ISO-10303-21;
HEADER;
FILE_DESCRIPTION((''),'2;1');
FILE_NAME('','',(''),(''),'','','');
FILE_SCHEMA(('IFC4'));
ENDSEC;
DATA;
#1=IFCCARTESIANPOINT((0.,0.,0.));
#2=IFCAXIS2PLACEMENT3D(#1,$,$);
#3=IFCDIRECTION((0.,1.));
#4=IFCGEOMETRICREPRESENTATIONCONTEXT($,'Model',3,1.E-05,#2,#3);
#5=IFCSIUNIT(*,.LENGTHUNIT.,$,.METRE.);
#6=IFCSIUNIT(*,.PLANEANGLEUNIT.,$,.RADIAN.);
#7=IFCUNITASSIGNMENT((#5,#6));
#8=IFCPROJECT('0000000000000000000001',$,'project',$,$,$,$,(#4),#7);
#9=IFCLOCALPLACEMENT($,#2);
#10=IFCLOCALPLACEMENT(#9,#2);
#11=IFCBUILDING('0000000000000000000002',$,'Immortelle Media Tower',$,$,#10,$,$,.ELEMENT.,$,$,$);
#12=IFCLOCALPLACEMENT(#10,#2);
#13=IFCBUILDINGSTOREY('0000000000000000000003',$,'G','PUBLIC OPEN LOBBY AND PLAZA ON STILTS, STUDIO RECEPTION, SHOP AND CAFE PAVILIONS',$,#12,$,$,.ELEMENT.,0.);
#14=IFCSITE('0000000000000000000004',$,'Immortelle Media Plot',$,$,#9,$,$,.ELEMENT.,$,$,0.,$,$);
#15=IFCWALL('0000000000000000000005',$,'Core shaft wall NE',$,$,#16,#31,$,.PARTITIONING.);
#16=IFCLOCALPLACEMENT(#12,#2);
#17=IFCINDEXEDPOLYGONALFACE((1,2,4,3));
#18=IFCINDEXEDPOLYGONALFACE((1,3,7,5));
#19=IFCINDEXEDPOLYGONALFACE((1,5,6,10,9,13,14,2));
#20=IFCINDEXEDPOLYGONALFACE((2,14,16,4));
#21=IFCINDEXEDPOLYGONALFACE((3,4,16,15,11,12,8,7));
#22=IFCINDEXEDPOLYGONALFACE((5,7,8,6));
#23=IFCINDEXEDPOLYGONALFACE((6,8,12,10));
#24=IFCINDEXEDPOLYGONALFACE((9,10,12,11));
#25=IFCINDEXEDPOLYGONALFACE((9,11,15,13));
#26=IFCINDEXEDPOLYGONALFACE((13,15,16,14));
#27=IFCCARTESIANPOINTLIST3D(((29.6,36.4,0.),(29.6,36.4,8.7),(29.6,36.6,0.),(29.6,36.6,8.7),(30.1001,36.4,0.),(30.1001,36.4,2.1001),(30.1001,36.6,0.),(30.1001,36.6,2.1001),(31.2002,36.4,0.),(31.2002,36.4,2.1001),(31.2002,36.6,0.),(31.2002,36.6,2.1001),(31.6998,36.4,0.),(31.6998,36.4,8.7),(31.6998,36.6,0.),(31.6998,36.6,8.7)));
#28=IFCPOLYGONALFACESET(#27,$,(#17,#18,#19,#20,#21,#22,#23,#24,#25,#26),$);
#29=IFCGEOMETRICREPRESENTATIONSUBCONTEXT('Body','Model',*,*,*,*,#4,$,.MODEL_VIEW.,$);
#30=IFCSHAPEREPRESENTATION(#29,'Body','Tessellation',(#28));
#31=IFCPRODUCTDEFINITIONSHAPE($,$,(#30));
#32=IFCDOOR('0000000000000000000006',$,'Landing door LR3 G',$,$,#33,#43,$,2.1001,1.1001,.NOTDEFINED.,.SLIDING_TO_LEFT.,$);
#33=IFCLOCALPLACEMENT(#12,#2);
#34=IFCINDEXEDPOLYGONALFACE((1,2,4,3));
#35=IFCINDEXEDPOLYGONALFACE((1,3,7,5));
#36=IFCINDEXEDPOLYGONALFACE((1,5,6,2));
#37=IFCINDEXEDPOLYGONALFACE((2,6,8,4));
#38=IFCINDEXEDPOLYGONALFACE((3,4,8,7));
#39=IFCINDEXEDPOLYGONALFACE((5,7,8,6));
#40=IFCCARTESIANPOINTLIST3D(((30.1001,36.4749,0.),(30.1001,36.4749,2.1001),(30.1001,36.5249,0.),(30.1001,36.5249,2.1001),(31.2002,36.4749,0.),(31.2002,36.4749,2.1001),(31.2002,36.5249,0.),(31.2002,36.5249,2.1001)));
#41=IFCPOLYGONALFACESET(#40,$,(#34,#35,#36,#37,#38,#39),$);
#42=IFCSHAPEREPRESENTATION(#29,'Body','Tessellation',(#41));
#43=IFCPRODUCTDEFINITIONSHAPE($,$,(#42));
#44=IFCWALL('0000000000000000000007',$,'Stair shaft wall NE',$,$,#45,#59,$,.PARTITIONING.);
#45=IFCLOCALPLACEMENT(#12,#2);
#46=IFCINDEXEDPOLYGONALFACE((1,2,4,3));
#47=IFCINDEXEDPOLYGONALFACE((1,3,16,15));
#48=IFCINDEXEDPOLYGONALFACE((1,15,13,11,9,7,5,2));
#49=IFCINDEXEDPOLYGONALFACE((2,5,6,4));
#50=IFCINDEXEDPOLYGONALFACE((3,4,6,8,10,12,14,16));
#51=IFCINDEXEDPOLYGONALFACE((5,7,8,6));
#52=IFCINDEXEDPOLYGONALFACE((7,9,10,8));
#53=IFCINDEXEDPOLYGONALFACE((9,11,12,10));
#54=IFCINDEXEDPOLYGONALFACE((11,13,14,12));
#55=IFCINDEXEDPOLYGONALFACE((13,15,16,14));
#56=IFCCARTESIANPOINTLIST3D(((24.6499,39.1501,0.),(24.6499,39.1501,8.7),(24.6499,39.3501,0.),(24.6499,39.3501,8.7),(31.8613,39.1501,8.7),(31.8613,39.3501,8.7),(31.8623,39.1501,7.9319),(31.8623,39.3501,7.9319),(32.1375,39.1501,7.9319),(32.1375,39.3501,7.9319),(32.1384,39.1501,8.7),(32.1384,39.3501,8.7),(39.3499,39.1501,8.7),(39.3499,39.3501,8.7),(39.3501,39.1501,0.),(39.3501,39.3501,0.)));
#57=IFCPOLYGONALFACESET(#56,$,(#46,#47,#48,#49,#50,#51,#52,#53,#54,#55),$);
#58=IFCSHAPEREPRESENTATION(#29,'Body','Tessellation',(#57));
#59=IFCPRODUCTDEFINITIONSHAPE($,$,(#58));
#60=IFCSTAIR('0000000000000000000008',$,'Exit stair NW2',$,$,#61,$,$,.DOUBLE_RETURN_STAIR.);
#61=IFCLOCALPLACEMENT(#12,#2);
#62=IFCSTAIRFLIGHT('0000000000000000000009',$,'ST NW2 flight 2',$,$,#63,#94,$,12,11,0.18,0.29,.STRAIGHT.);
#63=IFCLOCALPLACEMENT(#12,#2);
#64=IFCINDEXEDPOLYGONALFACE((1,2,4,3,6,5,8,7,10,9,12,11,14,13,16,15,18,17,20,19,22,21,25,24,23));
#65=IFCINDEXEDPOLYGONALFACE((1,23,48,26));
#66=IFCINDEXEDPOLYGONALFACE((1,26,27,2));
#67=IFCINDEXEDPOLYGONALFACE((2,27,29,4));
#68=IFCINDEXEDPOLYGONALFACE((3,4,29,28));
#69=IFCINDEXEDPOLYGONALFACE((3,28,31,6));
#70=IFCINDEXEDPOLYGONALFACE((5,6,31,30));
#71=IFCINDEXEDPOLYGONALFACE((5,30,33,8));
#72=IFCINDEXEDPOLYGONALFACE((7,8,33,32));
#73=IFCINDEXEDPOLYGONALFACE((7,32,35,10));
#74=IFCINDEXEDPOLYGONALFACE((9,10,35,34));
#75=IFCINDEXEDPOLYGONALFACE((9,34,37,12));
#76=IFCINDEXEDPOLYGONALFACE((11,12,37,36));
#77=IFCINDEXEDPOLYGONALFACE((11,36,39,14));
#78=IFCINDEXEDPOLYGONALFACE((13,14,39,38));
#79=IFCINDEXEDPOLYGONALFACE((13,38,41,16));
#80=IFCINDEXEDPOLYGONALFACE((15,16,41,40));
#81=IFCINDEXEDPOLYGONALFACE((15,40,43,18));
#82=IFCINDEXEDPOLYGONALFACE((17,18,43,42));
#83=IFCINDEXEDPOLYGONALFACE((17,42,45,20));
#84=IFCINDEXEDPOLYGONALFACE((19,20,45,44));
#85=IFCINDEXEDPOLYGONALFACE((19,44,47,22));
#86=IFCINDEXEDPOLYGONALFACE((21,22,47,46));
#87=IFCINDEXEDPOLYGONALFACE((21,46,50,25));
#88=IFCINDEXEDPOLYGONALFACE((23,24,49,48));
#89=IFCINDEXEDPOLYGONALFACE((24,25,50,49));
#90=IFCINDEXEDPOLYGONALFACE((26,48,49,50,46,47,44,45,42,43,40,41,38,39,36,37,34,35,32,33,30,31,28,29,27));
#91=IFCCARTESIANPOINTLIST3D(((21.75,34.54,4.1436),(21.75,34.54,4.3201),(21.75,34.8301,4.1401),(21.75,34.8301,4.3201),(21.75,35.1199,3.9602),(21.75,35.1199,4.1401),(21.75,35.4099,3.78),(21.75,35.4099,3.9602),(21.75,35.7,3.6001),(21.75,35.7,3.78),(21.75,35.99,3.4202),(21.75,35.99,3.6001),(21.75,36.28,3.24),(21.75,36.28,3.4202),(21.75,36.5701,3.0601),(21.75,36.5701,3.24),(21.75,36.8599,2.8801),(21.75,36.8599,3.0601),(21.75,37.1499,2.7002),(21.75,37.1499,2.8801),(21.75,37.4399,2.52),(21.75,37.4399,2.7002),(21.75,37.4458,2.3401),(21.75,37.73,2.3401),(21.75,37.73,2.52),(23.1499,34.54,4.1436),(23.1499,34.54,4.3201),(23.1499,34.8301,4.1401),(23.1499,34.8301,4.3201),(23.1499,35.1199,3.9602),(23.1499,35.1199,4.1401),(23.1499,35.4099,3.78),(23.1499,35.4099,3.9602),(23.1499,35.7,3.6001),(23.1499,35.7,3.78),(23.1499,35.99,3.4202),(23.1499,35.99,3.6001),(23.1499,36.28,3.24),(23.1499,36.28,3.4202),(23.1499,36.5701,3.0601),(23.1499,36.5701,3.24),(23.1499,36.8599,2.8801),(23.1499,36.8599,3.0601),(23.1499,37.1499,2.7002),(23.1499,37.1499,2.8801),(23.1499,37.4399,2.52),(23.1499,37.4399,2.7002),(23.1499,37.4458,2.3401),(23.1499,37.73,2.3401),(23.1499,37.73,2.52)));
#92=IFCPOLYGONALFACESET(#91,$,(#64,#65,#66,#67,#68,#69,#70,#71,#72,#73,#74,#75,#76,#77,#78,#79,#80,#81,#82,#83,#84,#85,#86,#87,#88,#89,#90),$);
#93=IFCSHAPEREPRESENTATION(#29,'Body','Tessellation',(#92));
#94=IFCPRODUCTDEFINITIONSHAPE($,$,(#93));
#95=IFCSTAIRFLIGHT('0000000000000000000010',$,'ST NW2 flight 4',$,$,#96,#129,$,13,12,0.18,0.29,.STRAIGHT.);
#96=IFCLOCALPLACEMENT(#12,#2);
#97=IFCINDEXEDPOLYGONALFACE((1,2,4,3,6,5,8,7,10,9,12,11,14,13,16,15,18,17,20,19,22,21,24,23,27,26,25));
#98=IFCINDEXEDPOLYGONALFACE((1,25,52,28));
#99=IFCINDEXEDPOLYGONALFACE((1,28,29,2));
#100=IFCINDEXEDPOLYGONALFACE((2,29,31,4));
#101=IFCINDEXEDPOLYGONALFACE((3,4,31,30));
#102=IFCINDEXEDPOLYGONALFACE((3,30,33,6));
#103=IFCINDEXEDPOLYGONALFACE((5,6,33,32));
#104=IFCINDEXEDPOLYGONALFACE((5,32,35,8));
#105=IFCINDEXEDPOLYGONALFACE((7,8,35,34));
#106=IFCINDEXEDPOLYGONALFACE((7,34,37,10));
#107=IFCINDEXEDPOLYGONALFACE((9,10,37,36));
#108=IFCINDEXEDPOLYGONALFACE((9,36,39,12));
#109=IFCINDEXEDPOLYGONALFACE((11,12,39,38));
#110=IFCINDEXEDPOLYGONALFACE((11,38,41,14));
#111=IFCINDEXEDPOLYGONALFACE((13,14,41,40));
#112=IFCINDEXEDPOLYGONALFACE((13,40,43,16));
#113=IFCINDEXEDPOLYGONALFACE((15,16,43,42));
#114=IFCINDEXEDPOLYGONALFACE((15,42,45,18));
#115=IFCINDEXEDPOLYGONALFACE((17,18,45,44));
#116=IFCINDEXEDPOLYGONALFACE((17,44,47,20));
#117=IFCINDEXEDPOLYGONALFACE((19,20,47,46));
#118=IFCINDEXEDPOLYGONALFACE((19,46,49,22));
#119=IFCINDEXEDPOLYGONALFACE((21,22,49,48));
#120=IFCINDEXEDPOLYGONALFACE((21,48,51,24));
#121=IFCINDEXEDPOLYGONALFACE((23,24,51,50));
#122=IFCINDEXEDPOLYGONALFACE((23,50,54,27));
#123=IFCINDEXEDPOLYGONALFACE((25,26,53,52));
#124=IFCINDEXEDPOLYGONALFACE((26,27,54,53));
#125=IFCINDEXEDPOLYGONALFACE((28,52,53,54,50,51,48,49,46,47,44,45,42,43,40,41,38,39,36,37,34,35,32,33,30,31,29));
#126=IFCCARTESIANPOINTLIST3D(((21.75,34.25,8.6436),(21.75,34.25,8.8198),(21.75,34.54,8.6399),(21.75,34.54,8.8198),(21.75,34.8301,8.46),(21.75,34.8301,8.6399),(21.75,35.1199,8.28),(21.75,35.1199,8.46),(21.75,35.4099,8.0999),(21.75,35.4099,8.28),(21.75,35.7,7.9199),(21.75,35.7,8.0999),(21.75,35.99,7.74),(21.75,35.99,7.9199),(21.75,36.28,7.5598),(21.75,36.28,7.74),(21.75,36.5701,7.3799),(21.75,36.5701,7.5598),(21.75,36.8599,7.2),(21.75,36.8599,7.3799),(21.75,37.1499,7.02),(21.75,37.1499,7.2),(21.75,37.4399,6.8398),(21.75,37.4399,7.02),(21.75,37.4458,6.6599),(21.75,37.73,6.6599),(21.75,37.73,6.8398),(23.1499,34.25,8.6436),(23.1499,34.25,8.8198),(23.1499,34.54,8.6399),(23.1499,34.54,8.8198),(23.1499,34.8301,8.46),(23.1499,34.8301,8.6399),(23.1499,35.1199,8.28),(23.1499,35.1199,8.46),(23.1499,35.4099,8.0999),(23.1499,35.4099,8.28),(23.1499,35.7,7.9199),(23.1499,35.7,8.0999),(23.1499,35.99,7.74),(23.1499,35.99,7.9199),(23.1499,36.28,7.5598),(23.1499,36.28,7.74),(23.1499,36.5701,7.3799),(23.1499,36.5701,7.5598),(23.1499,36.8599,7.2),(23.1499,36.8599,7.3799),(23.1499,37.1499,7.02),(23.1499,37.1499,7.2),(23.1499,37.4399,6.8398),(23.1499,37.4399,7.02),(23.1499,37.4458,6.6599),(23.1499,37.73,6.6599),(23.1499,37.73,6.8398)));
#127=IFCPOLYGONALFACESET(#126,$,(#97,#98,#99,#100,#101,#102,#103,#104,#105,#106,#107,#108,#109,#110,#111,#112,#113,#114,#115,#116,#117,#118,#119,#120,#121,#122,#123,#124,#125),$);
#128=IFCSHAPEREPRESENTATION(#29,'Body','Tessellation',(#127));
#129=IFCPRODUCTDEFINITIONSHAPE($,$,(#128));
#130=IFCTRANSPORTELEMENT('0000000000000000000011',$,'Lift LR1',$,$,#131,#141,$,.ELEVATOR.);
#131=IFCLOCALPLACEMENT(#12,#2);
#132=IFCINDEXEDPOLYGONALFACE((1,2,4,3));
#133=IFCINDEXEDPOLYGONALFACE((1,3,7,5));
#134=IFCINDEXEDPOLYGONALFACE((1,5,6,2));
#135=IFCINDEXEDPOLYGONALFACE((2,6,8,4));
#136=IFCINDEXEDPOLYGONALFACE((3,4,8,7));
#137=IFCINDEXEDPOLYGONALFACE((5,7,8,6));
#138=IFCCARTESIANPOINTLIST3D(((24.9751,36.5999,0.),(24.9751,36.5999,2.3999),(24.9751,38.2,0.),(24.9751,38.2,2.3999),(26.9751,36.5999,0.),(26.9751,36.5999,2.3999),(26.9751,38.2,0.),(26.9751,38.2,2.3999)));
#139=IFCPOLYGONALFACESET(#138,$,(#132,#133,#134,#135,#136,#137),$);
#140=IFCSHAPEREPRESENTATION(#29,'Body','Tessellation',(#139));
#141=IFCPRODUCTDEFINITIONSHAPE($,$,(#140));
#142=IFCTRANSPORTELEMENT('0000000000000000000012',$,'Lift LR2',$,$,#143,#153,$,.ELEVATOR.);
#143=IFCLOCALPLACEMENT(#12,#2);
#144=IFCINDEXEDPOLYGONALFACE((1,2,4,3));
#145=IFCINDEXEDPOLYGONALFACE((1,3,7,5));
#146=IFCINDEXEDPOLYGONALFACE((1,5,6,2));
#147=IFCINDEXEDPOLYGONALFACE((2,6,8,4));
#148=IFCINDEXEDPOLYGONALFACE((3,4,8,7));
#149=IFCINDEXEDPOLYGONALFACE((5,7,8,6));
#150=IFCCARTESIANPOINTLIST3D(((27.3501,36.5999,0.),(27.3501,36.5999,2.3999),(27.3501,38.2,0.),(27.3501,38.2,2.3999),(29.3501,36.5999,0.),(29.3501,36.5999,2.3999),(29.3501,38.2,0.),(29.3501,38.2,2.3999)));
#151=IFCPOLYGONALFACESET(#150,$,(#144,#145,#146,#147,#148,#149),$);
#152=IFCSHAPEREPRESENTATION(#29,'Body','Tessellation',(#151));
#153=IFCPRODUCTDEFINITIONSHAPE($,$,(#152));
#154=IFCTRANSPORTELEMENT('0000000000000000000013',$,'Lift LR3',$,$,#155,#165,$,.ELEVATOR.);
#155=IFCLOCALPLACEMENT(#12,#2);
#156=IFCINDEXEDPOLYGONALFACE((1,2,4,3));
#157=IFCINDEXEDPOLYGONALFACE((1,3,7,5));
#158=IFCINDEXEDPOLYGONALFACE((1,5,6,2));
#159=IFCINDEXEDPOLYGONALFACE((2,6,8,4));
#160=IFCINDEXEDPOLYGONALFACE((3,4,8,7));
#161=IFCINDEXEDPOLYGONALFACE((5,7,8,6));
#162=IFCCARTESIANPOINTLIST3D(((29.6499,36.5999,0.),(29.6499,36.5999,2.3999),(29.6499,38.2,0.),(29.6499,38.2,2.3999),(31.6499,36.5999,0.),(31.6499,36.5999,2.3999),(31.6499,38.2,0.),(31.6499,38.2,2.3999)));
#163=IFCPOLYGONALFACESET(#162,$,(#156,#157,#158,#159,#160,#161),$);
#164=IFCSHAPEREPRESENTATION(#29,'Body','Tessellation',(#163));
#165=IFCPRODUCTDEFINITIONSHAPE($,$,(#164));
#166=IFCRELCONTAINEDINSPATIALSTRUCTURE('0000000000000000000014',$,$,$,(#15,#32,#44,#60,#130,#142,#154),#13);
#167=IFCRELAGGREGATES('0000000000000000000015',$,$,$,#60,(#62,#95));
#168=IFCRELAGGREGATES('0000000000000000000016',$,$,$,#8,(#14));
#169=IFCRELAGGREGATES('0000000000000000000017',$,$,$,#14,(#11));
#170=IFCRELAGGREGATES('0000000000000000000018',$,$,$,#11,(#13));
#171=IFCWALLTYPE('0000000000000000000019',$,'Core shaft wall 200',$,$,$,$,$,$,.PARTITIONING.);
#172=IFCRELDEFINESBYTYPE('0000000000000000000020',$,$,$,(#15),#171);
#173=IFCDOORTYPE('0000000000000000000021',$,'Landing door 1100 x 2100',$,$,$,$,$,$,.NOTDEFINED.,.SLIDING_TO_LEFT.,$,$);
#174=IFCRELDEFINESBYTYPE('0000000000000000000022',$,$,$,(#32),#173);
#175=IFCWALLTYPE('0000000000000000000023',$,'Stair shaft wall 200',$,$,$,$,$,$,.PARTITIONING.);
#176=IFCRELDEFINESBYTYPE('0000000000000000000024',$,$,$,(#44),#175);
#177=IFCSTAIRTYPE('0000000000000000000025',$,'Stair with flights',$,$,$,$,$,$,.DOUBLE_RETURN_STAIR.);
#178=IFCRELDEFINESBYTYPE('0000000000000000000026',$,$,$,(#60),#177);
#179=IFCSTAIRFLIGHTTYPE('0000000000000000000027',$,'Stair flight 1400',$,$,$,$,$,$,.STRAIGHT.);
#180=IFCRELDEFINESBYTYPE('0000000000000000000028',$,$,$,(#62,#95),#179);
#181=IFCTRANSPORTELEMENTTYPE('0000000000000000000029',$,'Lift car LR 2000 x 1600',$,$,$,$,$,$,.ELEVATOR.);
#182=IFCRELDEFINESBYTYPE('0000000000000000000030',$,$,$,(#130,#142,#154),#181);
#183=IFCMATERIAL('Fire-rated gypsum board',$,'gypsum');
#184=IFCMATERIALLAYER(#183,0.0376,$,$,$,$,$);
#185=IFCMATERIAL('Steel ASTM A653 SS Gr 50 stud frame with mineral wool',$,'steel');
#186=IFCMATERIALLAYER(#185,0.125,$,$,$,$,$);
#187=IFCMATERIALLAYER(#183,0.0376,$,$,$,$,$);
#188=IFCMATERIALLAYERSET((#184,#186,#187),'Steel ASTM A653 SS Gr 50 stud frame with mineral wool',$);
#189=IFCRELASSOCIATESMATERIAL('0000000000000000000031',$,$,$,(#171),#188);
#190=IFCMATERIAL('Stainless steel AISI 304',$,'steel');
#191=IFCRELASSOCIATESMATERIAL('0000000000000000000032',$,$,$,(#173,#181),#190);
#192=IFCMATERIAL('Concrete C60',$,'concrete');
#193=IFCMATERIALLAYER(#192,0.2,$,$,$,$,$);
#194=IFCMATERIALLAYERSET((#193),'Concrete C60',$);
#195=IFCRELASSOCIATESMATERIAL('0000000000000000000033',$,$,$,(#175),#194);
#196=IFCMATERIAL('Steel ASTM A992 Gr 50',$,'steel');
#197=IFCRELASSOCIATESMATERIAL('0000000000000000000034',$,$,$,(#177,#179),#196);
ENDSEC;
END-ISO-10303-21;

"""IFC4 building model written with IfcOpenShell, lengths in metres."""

from ifc_helpers import new_model, si_unit, direction, frame, frame_2d, origin, origin_2d, place, context, subcontext, project, spatial, polyline, rectangle, outline, extrude, material, layer, layer_set, type_object, element, fill, aggregate, save


model = new_model("IFC4")

# Units and contexts
model_context = context("Model", 3, precision=1e-05, world=origin(), true_north=direction((0.0, 1.0)))
body_context = subcontext(model_context, "Body", "Model", "MODEL_VIEW")
ifc_project = project(units=[si_unit("LENGTHUNIT", "METRE"), si_unit("PLANEANGLEUNIT", "RADIAN")], contexts=[model_context])

# Site, building, storey
site_placement = place(None, origin())
site = spatial("IfcSite", under=ifc_project, at=site_placement, Name="Immortelle Media Plot", CompositionType="ELEMENT", RefElevation=0.0)
building_placement = place(site_placement, origin())
building = spatial("IfcBuilding", under=site, at=building_placement, Name="Immortelle Media Tower", CompositionType="ELEMENT")
storey_placement = place(building_placement, origin())
storey = spatial("IfcBuildingStorey", under=building, at=storey_placement, Name="G", Description="PUBLIC OPEN LOBBY AND PLAZA ON STILTS, STUDIO RECEPTION, SHOP AND CAFE PAVILIONS", CompositionType="ELEMENT", Elevation=0.0)

# Shared definitions
ifc_material_1 = material(Name="Steel ASTM A992 Gr 50", Category="steel")

# Shared definitions
ifc_material_2 = material(Name="Fire-rated gypsum board", Category="gypsum")
ifc_layer_1 = layer(ifc_material_2, 0.0376)
ifc_material_3 = material(Name="Steel ASTM A653 SS Gr 50 stud frame with mineral wool", Category="steel")
ifc_layer_2 = layer(ifc_material_3, 0.125)
ifc_layer_3 = layer(ifc_material_2, 0.0376)
ifc_layer_set_1 = layer_set([ifc_layer_1, ifc_layer_2, ifc_layer_3], Name="Steel ASTM A653 SS Gr 50 stud frame with mineral wool")
wall_type_1 = type_object("IfcWallType", Name="Core shaft wall 200", PredefinedType="PARTITIONING", material=ifc_layer_set_1)
ifc_material_4 = material(Name="Stainless steel AISI 304", Category="steel")
door_type = type_object("IfcDoorType", Name="Landing door 1100 x 2100", OperationType="SLIDING_TO_LEFT", PredefinedType="NOTDEFINED", material=ifc_material_4)

# Wall, opening, door
wall_1_placement = place(storey_placement, frame((29.6001, 36.5, 0.0), z_axis=(0.0, 0.0, 1.0), x_axis=(1.0, 0.0, 0.0)))
wall_1 = element("IfcWall", 1, at=wall_1_placement, inside=storey, type_object=wall_type_1, Name="Core shaft wall NE", PredefinedType="PARTITIONING", context=body_context, shape_type="SweptSolid", body=[
    extrude(rectangle(XDim=2.0999, YDim=0.2, at=frame_2d((1.0498, 0.0))), origin(), (0.0, 0.0, 1.0), 8.7),
])
opening_1_placement = place(wall_1_placement, frame((0.5, 0.0, 0.0)))
opening_1 = element("IfcOpeningElement", 2, at=opening_1_placement, cuts=wall_1, PredefinedType="OPENING", context=body_context, shape_type="SweptSolid", body=[
    extrude(rectangle(XDim=1.1001, YDim=2.1001, at=frame_2d((0.55, 1.05))), frame((0.0, 0.1099, 0.0), z_axis=(0.0, -1.0, 0.0), x_axis=(1.0, 0.0, 0.0)), (0.0, 0.0, 1.0), 0.22),
])
door_1_placement = place(opening_1_placement, origin())
door_1 = element("IfcDoor", 3, at=door_1_placement, inside=storey, type_object=door_type, Name="Landing door LR3 G", OperationType="SLIDING_TO_LEFT", OverallHeight=2.1001, OverallWidth=1.1001, PredefinedType="NOTDEFINED", context=body_context, shape_type="SweptSolid", body=[
    extrude(rectangle(XDim=1.1001, YDim=2.1001, at=frame_2d((0.55, 1.05))), frame((0.0, 0.0249, 0.0), z_axis=(0.0, -1.0, 0.0), x_axis=(1.0, 0.0, 0.0)), (0.0, 0.0, 1.0), 0.05),
])
fill(opening_1, door_1)

# Wall
ifc_material_5 = material(Name="Concrete C60", Category="concrete")
ifc_layer_4 = layer(ifc_material_5, 0.2)
ifc_layer_set_2 = layer_set([ifc_layer_4], Name="Concrete C60")
wall_type_2 = type_object("IfcWallType", Name="Stair shaft wall 200", PredefinedType="PARTITIONING", material=ifc_layer_set_2)
wall_2_placement = place(storey_placement, frame((24.6499, 39.25, 0.0), z_axis=(0.0, 0.0, 1.0), x_axis=(1.0, 0.0, 0.0)))
element("IfcWall", 4, at=wall_2_placement, inside=storey, type_object=wall_type_2, Name="Stair shaft wall NE", PredefinedType="PARTITIONING", context=body_context, shape_type="SweptSolid", body=[
    extrude(outline(polyline([(0.0, 0.0), (14.7002, 0.0), (14.7, 8.7), (7.4885, 8.7), (7.4875, 7.9319), (7.2124, 7.9319), (7.2114, 8.7), (0.0, 8.7), (0.0, 0.0)])), frame((0.0, 0.1001, 0.0), z_axis=(0.0, -1.0, 0.0), x_axis=(1.0, 0.0, 0.0)), (0.0, 0.0, 1.0), 0.2),
])

# Stair, stair flights
stair_type = type_object("IfcStairType", Name="Stair with flights", PredefinedType="DOUBLE_RETURN_STAIR", material=ifc_material_1)
stair_placement = place(storey_placement, origin())
stair = element("IfcStair", 5, at=stair_placement, inside=storey, type_object=stair_type, Name="Exit stair NW2", PredefinedType="DOUBLE_RETURN_STAIR")
stair_flight_type = type_object("IfcStairFlightType", Name="Stair flight 1400", PredefinedType="STRAIGHT", material=ifc_material_1)
stair_flight_1_placement = place(storey_placement, frame((22.45, 37.73, 2.3401), z_axis=(0.0, 0.0, 1.0), x_axis=(0.0, -1.0, 0.0)))
stair_flight_1 = element("IfcStairFlight", 6, at=stair_flight_1_placement, type_object=stair_flight_type, Name="ST NW2 flight 2", NumberOfRisers=12, NumberOfTreads=11, PredefinedType="STRAIGHT", RiserHeight=0.18, TreadLength=0.29, context=body_context, shape_type="SweptSolid", body=[
    extrude(outline(polyline([(0.0, 0.0), (0.0, 0.1799), (0.29, 0.1799), (0.29, 0.3601), (0.5801, 0.3601), (0.5801, 0.54), (0.8701, 0.54), (0.8701, 0.72), (1.1599, 0.72), (1.1599, 0.8999), (1.45, 0.8999), (1.45, 1.0801), (1.74, 1.0801), (1.74, 1.26), (2.03, 1.26), (2.03, 1.4399), (2.3201, 1.4399), (2.3201, 1.6201), (2.6101, 1.6201), (2.6101, 1.8), (2.8999, 1.8), (2.8999, 1.98), (3.1899, 1.98), (3.1899, 2.1599), (3.1899, 1.8035), (0.2842, 0.0), (0.0, 0.0)])), frame((0.0, 0.7, 0.0), z_axis=(0.0, -1.0, 0.0), x_axis=(1.0, 0.0, 0.0)), (0.0, 0.0, 1.0), 1.3999),
])
stair_flight_2_placement = place(storey_placement, frame((22.45, 37.73, 6.6599), z_axis=(0.0, 0.0, 1.0), x_axis=(0.0, -1.0, 0.0)))
stair_flight_2 = element("IfcStairFlight", 7, at=stair_flight_2_placement, type_object=stair_flight_type, Name="ST NW2 flight 4", NumberOfRisers=13, NumberOfTreads=12, PredefinedType="STRAIGHT", RiserHeight=0.18, TreadLength=0.29, context=body_context, shape_type="SweptSolid", body=[
    extrude(outline(polyline([(0.0, 0.0), (0.0, 0.1799), (0.29, 0.1799), (0.29, 0.3601), (0.5801, 0.3601), (0.5801, 0.54), (0.8701, 0.54), (0.8701, 0.72), (1.1599, 0.72), (1.1599, 0.8999), (1.45, 0.8999), (1.45, 1.0801), (1.74, 1.0801), (1.74, 1.26), (2.03, 1.26), (2.03, 1.4399), (2.3201, 1.4399), (2.3201, 1.6201), (2.6101, 1.6201), (2.6101, 1.8), (2.8999, 1.8), (2.8999, 1.98), (3.1899, 1.98), (3.1899, 2.1599), (3.48, 2.1599), (3.48, 2.3401), (3.48, 1.9836), (0.2842, 0.0), (0.0, 0.0)])), frame((0.0, 0.7, 0.0), z_axis=(0.0, -1.0, 0.0), x_axis=(1.0, 0.0, 0.0)), (0.0, 0.0, 1.0), 1.3999),
])
aggregate(stair, [stair_flight_1, stair_flight_2])

# Transport elements
transport_element_type = type_object("IfcTransportElementType", Name="Lift car LR 2000 x 1600", PredefinedType="ELEVATOR", material=ifc_material_4)
for number, where, z_axis, x_axis, name in (
    (8, (25.9751, 37.3999, 0.0), (0.0, 0.0, 1.0), (1.0, 0.0, 0.0), "Lift LR1"),
    (9, (28.3501, 37.3999, 0.0), (0.0, 0.0, 1.0), (1.0, 0.0, 0.0), "Lift LR2"),
    (10, (30.6499, 37.3999, 0.0), (0.0, 0.0, 1.0), (1.0, 0.0, 0.0), "Lift LR3"),
):
    element("IfcTransportElement", number, at=place(storey_placement, frame(where, z_axis=z_axis, x_axis=x_axis)), inside=storey, type_object=transport_element_type, Name=name, PredefinedType="ELEVATOR", context=body_context, shape_type="SweptSolid", body=[
        extrude(rectangle(XDim=2.0, YDim=1.6001, at=origin_2d()), origin(), (0.0, 0.0, 1.0), 2.3999),
    ])

save(model, "model.ifc")
